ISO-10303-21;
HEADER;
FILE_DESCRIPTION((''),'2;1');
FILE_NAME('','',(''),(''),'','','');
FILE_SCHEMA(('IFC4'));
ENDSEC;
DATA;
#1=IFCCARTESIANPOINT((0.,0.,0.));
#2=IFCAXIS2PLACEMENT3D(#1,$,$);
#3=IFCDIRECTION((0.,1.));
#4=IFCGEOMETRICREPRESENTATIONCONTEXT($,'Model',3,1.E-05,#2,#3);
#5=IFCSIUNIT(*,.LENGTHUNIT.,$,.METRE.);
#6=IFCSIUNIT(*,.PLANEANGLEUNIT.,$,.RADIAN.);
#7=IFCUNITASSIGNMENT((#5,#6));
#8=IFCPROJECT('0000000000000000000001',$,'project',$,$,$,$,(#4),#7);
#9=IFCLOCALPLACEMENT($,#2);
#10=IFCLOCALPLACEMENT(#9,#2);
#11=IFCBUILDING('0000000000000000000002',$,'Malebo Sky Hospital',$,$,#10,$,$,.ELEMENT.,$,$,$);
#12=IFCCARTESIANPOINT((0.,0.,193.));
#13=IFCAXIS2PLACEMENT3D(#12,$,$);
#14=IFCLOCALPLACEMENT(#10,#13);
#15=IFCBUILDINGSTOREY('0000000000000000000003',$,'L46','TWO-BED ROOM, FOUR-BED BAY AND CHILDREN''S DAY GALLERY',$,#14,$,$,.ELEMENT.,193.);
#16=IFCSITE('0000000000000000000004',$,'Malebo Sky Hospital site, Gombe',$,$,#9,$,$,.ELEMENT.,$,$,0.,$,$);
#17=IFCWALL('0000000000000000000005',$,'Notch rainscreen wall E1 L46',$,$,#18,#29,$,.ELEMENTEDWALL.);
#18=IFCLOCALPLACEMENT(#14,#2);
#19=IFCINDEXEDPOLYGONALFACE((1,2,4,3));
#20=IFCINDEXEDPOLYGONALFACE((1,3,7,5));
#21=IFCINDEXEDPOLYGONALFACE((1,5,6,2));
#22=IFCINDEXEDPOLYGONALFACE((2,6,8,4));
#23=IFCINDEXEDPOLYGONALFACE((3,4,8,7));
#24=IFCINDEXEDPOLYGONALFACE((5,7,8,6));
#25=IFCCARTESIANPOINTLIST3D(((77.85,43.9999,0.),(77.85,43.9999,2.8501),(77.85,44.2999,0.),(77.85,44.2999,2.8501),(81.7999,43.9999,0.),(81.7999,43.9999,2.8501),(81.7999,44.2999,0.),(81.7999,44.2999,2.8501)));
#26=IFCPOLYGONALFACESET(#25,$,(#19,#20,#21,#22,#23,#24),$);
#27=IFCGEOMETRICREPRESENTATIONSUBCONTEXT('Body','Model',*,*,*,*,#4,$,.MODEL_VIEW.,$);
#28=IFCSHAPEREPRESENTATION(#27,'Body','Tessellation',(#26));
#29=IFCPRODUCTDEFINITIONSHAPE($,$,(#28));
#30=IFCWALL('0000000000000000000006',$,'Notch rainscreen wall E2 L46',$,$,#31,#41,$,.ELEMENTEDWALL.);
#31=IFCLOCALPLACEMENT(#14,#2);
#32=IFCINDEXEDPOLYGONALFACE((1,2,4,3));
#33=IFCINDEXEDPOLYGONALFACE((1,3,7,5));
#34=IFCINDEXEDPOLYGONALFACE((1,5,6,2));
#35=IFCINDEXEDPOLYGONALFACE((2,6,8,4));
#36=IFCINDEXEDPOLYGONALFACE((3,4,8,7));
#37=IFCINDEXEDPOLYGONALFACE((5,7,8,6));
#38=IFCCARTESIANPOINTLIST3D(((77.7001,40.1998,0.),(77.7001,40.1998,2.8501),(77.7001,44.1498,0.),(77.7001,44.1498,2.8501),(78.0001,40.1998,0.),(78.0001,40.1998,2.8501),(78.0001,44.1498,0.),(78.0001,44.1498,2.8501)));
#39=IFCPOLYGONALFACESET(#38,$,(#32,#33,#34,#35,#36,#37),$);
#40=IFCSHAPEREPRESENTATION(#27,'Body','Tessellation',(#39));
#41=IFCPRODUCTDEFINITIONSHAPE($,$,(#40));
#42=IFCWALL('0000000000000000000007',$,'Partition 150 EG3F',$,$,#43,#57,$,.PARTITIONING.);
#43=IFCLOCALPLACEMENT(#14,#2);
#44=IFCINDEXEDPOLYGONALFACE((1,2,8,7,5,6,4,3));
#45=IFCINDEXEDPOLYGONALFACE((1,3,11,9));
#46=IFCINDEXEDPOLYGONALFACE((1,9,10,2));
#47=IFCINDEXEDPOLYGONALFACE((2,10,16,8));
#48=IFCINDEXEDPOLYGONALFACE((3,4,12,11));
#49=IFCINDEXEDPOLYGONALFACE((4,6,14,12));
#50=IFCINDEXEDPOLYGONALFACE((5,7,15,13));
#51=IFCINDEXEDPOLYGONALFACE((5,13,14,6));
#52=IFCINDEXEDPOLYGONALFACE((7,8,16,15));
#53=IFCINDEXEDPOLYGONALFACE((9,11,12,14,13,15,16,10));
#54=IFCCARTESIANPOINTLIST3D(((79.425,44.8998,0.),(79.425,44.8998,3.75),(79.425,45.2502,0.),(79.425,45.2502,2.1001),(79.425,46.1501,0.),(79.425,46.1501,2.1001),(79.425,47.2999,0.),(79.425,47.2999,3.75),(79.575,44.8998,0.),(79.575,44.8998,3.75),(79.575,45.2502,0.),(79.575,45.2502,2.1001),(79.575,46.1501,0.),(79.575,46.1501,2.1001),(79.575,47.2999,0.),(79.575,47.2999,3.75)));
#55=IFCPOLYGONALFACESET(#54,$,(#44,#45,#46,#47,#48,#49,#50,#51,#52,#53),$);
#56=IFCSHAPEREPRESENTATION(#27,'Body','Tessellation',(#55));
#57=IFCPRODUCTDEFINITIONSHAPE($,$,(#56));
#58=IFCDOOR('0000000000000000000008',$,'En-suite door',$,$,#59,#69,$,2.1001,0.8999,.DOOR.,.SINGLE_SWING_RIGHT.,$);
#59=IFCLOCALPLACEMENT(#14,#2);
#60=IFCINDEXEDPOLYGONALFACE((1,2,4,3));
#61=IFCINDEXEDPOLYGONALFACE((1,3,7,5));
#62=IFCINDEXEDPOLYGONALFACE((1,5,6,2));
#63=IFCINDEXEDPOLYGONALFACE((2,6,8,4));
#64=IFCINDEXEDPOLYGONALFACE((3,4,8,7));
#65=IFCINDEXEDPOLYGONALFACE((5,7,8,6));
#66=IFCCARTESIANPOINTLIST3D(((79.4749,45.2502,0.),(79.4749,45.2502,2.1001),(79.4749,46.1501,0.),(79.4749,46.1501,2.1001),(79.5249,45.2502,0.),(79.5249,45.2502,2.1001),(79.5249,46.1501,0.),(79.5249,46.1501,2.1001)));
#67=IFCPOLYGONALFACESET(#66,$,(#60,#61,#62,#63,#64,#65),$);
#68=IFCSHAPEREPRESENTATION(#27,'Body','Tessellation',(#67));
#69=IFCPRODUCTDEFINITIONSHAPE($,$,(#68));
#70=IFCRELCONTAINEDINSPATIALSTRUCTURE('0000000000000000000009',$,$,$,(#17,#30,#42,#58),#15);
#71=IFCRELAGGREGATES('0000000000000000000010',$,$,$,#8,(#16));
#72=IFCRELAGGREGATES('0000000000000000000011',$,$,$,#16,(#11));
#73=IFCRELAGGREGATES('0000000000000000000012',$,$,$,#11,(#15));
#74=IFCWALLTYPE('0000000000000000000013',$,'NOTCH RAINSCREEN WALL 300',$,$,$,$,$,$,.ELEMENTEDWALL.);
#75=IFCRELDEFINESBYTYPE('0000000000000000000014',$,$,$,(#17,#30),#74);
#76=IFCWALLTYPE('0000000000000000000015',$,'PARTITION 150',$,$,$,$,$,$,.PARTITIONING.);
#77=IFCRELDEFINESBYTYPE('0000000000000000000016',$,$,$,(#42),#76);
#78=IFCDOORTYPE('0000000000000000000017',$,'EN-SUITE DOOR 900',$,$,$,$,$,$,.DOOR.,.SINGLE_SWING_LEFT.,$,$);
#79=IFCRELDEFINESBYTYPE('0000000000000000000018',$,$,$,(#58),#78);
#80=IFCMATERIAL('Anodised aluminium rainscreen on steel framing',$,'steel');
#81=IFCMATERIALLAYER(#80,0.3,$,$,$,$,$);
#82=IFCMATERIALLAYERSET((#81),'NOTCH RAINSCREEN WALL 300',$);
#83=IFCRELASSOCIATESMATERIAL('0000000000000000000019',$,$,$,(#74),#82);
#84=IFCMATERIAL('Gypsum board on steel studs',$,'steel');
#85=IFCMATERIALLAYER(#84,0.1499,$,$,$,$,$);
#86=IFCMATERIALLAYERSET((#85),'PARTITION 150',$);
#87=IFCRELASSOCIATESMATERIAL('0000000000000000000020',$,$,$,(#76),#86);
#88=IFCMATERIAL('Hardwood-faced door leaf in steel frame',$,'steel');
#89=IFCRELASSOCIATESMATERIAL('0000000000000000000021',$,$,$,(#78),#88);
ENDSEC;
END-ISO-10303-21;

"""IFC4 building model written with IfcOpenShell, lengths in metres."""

from ifc_helpers import new_model, si_unit, direction, frame, frame_2d, origin, place, context, subcontext, project, spatial, rectangle, extrude, material, layer, layer_set, type_object, element, fill, save


model = new_model("IFC4")

# Units and contexts
model_context = context("Model", 3, precision=1e-05, world=origin(), true_north=direction((0.0, 1.0)))
body_context = subcontext(model_context, "Body", "Model", "MODEL_VIEW")
ifc_project = project(units=[si_unit("LENGTHUNIT", "METRE"), si_unit("PLANEANGLEUNIT", "RADIAN")], contexts=[model_context])

# Site, building, storey
site_placement = place(None, origin())
site = spatial("IfcSite", under=ifc_project, at=site_placement, Name="Malebo Sky Hospital site, Gombe", CompositionType="ELEMENT", RefElevation=0.0)
building_placement = place(site_placement, origin())
building = spatial("IfcBuilding", under=site, at=building_placement, Name="Malebo Sky Hospital", CompositionType="ELEMENT")
storey_placement = place(building_placement, frame((0.0, 0.0, 193.0)))
storey = spatial("IfcBuildingStorey", under=building, at=storey_placement, Name="L46", Description="TWO-BED ROOM, FOUR-BED BAY AND CHILDREN'S DAY GALLERY", CompositionType="ELEMENT", Elevation=193.0)

# Walls
ifc_material_1 = material(Name="Anodised aluminium rainscreen on steel framing", Category="steel")
ifc_layer_1 = layer(ifc_material_1, 0.3)
ifc_layer_set_1 = layer_set([ifc_layer_1], Name="NOTCH RAINSCREEN WALL 300")
wall_type_1 = type_object("IfcWallType", Name="NOTCH RAINSCREEN WALL 300", PredefinedType="ELEMENTEDWALL", material=ifc_layer_set_1)
for number, where, z_axis, x_axis, name in (
    (1, (81.8, 44.1499, 0.0), (0.0, 0.0, 1.0), (-1.0, 0.0, 0.0), "Notch rainscreen wall E1 L46"),
    (2, (77.8501, 44.1499, 0.0), (0.0, 0.0, 1.0), (0.0, -1.0, 0.0), "Notch rainscreen wall E2 L46"),
):
    element("IfcWall", number, at=place(storey_placement, frame(where, z_axis=z_axis, x_axis=x_axis)), inside=storey, type_object=wall_type_1, Name=name, PredefinedType="ELEMENTEDWALL", context=body_context, shape_type="SweptSolid", body=[
        extrude(rectangle(XDim=3.95, YDim=0.3, at=frame_2d((1.9751, 0.0))), origin(), (0.0, 0.0, 1.0), 2.8501),
    ])

# Wall, opening, door
ifc_material_2 = material(Name="Gypsum board on steel studs", Category="steel")
ifc_layer_2 = layer(ifc_material_2, 0.1499)
ifc_layer_set_2 = layer_set([ifc_layer_2], Name="PARTITION 150")
wall_type_2 = type_object("IfcWallType", Name="PARTITION 150", PredefinedType="PARTITIONING", material=ifc_layer_set_2)
wall_placement = place(storey_placement, frame((79.5, 47.3, 0.0), z_axis=(0.0, 0.0, 1.0), x_axis=(0.0, -1.0, 0.0)))
wall = element("IfcWall", 3, at=wall_placement, inside=storey, type_object=wall_type_2, Name="Partition 150 EG3F", PredefinedType="PARTITIONING", context=body_context, shape_type="SweptSolid", body=[
    extrude(rectangle(XDim=2.4001, YDim=0.1499, at=frame_2d((1.2002, 0.0))), origin(), (0.0, 0.0, 1.0), 3.75),
])
opening_placement = place(wall_placement, frame((1.1499, 0.0, 0.0)))
opening = element("IfcOpeningElement", 4, at=opening_placement, cuts=wall, PredefinedType="OPENING", context=body_context, shape_type="SweptSolid", body=[
    extrude(rectangle(XDim=0.8999, YDim=2.1001, at=frame_2d((0.45, 1.05))), frame((0.0, 0.085, 0.0), z_axis=(0.0, -1.0, 0.0), x_axis=(1.0, 0.0, 0.0)), (0.0, 0.0, 1.0), 0.1699),
])
ifc_material_3 = material(Name="Hardwood-faced door leaf in steel frame", Category="steel")
door_type = type_object("IfcDoorType", Name="EN-SUITE DOOR 900", OperationType="SINGLE_SWING_LEFT", PredefinedType="DOOR", material=ifc_material_3)
door_placement = place(opening_placement, origin())
door = element("IfcDoor", 5, at=door_placement, inside=storey, type_object=door_type, Name="En-suite door", OperationType="SINGLE_SWING_RIGHT", OverallHeight=2.1001, OverallWidth=0.8999, PredefinedType="DOOR", context=body_context, shape_type="SweptSolid", body=[
    extrude(rectangle(XDim=0.8999, YDim=2.1001, at=frame_2d((0.45, 1.05))), frame((0.0, 0.0249, 0.0), z_axis=(0.0, -1.0, 0.0), x_axis=(1.0, 0.0, 0.0)), (0.0, 0.0, 1.0), 0.05),
])
fill(opening, door)

save(model, "model.ifc")
